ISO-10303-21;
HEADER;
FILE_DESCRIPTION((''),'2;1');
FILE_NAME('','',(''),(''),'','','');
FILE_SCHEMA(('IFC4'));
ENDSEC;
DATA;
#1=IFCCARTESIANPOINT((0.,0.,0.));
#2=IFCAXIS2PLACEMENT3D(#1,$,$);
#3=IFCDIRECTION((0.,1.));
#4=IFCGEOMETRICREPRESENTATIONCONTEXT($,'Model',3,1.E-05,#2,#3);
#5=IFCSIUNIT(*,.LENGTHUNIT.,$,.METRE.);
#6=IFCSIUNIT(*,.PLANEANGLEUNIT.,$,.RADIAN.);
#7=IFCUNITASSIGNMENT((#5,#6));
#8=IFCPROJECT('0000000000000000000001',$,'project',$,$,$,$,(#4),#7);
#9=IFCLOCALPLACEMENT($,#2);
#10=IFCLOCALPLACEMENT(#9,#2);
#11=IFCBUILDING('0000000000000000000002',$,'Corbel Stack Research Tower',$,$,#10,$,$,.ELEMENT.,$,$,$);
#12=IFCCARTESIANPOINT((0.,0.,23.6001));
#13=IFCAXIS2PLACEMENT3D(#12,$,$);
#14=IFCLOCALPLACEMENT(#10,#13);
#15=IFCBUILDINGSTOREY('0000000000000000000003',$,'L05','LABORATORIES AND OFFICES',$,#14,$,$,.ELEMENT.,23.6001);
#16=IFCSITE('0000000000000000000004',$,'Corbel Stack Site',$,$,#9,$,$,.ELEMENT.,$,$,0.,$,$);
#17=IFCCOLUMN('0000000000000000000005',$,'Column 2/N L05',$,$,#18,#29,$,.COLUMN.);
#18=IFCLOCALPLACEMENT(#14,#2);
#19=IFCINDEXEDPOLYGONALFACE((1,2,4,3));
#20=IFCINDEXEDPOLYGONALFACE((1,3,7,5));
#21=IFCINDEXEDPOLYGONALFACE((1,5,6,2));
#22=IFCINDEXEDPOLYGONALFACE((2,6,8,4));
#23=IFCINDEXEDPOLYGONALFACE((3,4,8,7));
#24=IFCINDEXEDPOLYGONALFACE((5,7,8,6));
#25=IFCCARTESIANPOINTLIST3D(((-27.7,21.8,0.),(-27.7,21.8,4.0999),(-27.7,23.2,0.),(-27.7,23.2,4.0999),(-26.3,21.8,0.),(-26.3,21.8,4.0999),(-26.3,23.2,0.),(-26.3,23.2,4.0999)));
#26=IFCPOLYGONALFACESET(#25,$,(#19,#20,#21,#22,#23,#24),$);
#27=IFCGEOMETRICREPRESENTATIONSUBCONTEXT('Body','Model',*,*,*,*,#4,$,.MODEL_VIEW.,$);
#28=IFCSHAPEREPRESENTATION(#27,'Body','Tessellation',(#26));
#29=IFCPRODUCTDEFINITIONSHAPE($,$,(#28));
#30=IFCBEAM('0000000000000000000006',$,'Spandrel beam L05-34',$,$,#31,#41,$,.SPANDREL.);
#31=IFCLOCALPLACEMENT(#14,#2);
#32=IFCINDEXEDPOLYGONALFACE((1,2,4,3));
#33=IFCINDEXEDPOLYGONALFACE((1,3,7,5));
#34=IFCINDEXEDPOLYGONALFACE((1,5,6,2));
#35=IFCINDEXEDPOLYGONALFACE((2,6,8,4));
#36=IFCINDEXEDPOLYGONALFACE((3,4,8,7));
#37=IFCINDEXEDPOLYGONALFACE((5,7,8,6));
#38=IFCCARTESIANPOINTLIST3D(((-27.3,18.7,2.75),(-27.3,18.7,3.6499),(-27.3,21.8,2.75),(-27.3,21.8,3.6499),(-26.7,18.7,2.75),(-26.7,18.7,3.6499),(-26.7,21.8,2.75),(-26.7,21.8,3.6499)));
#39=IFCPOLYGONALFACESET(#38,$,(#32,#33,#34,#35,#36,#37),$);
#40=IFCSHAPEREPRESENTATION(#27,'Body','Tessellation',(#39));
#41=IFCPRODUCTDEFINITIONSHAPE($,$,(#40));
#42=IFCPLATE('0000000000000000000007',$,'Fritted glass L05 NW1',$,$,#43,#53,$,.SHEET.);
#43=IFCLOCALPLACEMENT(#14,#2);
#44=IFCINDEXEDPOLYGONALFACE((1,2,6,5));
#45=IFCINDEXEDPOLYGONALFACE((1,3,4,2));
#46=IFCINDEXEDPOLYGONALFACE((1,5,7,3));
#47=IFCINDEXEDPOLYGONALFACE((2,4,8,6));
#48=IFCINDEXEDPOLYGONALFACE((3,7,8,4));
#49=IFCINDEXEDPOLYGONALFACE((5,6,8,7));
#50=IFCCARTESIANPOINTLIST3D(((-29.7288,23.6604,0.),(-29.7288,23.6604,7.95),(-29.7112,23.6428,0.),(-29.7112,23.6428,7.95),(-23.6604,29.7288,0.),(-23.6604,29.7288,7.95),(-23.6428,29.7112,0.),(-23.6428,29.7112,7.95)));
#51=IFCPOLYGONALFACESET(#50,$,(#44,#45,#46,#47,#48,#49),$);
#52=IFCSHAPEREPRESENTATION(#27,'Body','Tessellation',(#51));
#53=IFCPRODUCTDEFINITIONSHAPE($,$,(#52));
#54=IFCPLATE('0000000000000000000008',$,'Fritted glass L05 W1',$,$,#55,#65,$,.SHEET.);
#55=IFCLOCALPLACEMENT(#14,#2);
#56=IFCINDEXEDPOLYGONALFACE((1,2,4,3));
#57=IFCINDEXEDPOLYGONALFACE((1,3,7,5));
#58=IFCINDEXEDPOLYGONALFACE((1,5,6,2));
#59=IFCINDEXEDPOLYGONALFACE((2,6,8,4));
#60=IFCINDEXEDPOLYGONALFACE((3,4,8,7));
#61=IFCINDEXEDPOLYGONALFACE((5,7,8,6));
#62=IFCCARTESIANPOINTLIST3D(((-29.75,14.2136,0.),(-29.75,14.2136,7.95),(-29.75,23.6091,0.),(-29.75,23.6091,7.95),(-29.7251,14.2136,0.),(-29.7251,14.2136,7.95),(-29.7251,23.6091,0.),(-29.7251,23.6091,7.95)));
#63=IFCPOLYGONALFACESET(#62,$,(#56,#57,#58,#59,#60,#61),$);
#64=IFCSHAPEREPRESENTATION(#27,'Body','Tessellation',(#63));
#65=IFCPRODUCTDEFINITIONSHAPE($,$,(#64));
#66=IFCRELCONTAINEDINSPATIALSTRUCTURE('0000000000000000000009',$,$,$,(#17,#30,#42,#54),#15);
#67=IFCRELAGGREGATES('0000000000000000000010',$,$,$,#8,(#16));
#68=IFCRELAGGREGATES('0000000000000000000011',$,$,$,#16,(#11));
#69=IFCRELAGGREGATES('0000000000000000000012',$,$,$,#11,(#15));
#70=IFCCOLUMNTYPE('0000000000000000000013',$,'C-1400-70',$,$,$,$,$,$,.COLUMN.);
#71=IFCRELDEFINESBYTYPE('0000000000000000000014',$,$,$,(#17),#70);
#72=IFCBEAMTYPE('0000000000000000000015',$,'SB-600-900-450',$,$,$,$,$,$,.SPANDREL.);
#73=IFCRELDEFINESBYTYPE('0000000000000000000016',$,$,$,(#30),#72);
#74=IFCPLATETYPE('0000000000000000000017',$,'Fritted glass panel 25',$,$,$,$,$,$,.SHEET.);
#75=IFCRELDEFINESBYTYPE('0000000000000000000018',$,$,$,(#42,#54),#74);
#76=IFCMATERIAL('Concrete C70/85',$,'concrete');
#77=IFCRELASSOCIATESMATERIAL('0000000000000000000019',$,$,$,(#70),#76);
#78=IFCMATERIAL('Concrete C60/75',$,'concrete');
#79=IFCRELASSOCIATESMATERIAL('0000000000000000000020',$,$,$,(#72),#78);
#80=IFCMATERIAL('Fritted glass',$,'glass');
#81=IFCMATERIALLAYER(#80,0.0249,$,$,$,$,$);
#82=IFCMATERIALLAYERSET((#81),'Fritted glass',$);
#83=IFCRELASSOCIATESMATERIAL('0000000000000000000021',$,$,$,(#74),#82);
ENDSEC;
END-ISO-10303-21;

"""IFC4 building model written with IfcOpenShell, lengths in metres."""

from ifc_helpers import new_model, si_unit, direction, frame, origin, origin_2d, place, context, subcontext, project, spatial, rectangle, extrude, material, layer, layer_set, material_profile, profile_set, type_object, element, save


model = new_model("IFC4")

# Units and contexts
model_context = context("Model", 3, precision=1e-05, world=origin(), true_north=direction((0.0, 1.0)))
body_context = subcontext(model_context, "Body", "Model", "MODEL_VIEW")
ifc_project = project(units=[si_unit("LENGTHUNIT", "METRE"), si_unit("PLANEANGLEUNIT", "RADIAN")], contexts=[model_context])

# Site, building, storey
site_placement = place(None, origin())
site = spatial("IfcSite", under=ifc_project, at=site_placement, Name="Corbel Stack Site", CompositionType="ELEMENT", RefElevation=0.0)
building_placement = place(site_placement, origin())
building = spatial("IfcBuilding", under=site, at=building_placement, Name="Corbel Stack Research Tower", CompositionType="ELEMENT")
storey_placement = place(building_placement, frame((0.0, 0.0, 23.6001)))
storey = spatial("IfcBuildingStorey", under=building, at=storey_placement, Name="L05", Description="LABORATORIES AND OFFICES", CompositionType="ELEMENT", Elevation=23.6001)

# Column
ifc_material_1 = material(Name="Concrete C70/85", Category="concrete")
ifc_material_profile_1 = material_profile(ifc_material_1, rectangle(XDim=1.3999, YDim=1.3999, at=origin_2d()), Name="RC 1400 x 1400")
ifc_profile_set_1 = profile_set([ifc_material_profile_1], Name="Concrete C70/85")
column_type = type_object("IfcColumnType", Name="C-1400-70", PredefinedType="COLUMN", material=ifc_profile_set_1)
column_placement = place(storey_placement, frame((-27.0, 22.5, 0.0), z_axis=(0.0, 0.0, 1.0), x_axis=(1.0, 0.0, 0.0)))
element("IfcColumn", 1, at=column_placement, inside=storey, type_object=column_type, Name="Column 2/N L05", PredefinedType="COLUMN", context=body_context, shape_type="SweptSolid", body=[
    extrude(rectangle(XDim=1.3999, YDim=1.3999, at=origin_2d()), origin(), (0.0, 0.0, 1.0), 4.0999),
])

# Beam
ifc_material_2 = material(Name="Concrete C60/75", Category="concrete")
ifc_material_profile_2 = material_profile(ifc_material_2, rectangle(XDim=0.6001, YDim=0.8999, at=origin_2d()), Name="RC 600 x 900")
ifc_profile_set_2 = profile_set([ifc_material_profile_2], Name="Concrete C60/75")
beam_type = type_object("IfcBeamType", Name="SB-600-900-450", PredefinedType="SPANDREL", material=ifc_profile_set_2)
beam_placement = place(storey_placement, frame((-27.0, 21.8, 3.2), z_axis=(0.0, -1.0, 0.0), x_axis=(1.0, 0.0, 0.0)))
element("IfcBeam", 2, at=beam_placement, inside=storey, type_object=beam_type, Name="Spandrel beam L05-34", PredefinedType="SPANDREL", context=body_context, shape_type="SweptSolid", body=[
    extrude(rectangle(XDim=0.6001, YDim=0.8999, at=origin_2d()), origin(), (0.0, 0.0, 1.0), 3.1001),
])

# Plates
ifc_material_3 = material(Name="Fritted glass", Category="glass")
ifc_layer_1 = layer(ifc_material_3, 0.0249)
ifc_layer_set_1 = layer_set([ifc_layer_1], Name="Fritted glass")
plate_type = type_object("IfcPlateType", Name="Fritted glass panel 25", PredefinedType="SHEET", material=ifc_layer_set_1)
plate_1_placement = place(storey_placement, frame((-26.6858, 26.6858, 0.0), z_axis=(0.0, 0.0, 1.0), x_axis=(-0.707107, -0.707107, 0.0)))
element("IfcPlate", 3, at=plate_1_placement, inside=storey, type_object=plate_type, Name="Fritted glass L05 NW1", PredefinedType="SHEET", context=body_context, shape_type="SweptSolid", body=[
    extrude(rectangle(XDim=8.582, YDim=0.0249, at=origin_2d()), origin(), (0.0, 0.0, 1.0), 7.95),
])
plate_2_placement = place(storey_placement, frame((-29.7375, 18.9114, 0.0), z_axis=(0.0, 0.0, 1.0), x_axis=(0.0, -1.0, 0.0)))
element("IfcPlate", 4, at=plate_2_placement, inside=storey, type_object=plate_type, Name="Fritted glass L05 W1", PredefinedType="SHEET", context=body_context, shape_type="SweptSolid", body=[
    extrude(rectangle(XDim=9.3955, YDim=0.0249, at=origin_2d()), origin(), (0.0, 0.0, 1.0), 7.95),
])

save(model, "model.ifc")
